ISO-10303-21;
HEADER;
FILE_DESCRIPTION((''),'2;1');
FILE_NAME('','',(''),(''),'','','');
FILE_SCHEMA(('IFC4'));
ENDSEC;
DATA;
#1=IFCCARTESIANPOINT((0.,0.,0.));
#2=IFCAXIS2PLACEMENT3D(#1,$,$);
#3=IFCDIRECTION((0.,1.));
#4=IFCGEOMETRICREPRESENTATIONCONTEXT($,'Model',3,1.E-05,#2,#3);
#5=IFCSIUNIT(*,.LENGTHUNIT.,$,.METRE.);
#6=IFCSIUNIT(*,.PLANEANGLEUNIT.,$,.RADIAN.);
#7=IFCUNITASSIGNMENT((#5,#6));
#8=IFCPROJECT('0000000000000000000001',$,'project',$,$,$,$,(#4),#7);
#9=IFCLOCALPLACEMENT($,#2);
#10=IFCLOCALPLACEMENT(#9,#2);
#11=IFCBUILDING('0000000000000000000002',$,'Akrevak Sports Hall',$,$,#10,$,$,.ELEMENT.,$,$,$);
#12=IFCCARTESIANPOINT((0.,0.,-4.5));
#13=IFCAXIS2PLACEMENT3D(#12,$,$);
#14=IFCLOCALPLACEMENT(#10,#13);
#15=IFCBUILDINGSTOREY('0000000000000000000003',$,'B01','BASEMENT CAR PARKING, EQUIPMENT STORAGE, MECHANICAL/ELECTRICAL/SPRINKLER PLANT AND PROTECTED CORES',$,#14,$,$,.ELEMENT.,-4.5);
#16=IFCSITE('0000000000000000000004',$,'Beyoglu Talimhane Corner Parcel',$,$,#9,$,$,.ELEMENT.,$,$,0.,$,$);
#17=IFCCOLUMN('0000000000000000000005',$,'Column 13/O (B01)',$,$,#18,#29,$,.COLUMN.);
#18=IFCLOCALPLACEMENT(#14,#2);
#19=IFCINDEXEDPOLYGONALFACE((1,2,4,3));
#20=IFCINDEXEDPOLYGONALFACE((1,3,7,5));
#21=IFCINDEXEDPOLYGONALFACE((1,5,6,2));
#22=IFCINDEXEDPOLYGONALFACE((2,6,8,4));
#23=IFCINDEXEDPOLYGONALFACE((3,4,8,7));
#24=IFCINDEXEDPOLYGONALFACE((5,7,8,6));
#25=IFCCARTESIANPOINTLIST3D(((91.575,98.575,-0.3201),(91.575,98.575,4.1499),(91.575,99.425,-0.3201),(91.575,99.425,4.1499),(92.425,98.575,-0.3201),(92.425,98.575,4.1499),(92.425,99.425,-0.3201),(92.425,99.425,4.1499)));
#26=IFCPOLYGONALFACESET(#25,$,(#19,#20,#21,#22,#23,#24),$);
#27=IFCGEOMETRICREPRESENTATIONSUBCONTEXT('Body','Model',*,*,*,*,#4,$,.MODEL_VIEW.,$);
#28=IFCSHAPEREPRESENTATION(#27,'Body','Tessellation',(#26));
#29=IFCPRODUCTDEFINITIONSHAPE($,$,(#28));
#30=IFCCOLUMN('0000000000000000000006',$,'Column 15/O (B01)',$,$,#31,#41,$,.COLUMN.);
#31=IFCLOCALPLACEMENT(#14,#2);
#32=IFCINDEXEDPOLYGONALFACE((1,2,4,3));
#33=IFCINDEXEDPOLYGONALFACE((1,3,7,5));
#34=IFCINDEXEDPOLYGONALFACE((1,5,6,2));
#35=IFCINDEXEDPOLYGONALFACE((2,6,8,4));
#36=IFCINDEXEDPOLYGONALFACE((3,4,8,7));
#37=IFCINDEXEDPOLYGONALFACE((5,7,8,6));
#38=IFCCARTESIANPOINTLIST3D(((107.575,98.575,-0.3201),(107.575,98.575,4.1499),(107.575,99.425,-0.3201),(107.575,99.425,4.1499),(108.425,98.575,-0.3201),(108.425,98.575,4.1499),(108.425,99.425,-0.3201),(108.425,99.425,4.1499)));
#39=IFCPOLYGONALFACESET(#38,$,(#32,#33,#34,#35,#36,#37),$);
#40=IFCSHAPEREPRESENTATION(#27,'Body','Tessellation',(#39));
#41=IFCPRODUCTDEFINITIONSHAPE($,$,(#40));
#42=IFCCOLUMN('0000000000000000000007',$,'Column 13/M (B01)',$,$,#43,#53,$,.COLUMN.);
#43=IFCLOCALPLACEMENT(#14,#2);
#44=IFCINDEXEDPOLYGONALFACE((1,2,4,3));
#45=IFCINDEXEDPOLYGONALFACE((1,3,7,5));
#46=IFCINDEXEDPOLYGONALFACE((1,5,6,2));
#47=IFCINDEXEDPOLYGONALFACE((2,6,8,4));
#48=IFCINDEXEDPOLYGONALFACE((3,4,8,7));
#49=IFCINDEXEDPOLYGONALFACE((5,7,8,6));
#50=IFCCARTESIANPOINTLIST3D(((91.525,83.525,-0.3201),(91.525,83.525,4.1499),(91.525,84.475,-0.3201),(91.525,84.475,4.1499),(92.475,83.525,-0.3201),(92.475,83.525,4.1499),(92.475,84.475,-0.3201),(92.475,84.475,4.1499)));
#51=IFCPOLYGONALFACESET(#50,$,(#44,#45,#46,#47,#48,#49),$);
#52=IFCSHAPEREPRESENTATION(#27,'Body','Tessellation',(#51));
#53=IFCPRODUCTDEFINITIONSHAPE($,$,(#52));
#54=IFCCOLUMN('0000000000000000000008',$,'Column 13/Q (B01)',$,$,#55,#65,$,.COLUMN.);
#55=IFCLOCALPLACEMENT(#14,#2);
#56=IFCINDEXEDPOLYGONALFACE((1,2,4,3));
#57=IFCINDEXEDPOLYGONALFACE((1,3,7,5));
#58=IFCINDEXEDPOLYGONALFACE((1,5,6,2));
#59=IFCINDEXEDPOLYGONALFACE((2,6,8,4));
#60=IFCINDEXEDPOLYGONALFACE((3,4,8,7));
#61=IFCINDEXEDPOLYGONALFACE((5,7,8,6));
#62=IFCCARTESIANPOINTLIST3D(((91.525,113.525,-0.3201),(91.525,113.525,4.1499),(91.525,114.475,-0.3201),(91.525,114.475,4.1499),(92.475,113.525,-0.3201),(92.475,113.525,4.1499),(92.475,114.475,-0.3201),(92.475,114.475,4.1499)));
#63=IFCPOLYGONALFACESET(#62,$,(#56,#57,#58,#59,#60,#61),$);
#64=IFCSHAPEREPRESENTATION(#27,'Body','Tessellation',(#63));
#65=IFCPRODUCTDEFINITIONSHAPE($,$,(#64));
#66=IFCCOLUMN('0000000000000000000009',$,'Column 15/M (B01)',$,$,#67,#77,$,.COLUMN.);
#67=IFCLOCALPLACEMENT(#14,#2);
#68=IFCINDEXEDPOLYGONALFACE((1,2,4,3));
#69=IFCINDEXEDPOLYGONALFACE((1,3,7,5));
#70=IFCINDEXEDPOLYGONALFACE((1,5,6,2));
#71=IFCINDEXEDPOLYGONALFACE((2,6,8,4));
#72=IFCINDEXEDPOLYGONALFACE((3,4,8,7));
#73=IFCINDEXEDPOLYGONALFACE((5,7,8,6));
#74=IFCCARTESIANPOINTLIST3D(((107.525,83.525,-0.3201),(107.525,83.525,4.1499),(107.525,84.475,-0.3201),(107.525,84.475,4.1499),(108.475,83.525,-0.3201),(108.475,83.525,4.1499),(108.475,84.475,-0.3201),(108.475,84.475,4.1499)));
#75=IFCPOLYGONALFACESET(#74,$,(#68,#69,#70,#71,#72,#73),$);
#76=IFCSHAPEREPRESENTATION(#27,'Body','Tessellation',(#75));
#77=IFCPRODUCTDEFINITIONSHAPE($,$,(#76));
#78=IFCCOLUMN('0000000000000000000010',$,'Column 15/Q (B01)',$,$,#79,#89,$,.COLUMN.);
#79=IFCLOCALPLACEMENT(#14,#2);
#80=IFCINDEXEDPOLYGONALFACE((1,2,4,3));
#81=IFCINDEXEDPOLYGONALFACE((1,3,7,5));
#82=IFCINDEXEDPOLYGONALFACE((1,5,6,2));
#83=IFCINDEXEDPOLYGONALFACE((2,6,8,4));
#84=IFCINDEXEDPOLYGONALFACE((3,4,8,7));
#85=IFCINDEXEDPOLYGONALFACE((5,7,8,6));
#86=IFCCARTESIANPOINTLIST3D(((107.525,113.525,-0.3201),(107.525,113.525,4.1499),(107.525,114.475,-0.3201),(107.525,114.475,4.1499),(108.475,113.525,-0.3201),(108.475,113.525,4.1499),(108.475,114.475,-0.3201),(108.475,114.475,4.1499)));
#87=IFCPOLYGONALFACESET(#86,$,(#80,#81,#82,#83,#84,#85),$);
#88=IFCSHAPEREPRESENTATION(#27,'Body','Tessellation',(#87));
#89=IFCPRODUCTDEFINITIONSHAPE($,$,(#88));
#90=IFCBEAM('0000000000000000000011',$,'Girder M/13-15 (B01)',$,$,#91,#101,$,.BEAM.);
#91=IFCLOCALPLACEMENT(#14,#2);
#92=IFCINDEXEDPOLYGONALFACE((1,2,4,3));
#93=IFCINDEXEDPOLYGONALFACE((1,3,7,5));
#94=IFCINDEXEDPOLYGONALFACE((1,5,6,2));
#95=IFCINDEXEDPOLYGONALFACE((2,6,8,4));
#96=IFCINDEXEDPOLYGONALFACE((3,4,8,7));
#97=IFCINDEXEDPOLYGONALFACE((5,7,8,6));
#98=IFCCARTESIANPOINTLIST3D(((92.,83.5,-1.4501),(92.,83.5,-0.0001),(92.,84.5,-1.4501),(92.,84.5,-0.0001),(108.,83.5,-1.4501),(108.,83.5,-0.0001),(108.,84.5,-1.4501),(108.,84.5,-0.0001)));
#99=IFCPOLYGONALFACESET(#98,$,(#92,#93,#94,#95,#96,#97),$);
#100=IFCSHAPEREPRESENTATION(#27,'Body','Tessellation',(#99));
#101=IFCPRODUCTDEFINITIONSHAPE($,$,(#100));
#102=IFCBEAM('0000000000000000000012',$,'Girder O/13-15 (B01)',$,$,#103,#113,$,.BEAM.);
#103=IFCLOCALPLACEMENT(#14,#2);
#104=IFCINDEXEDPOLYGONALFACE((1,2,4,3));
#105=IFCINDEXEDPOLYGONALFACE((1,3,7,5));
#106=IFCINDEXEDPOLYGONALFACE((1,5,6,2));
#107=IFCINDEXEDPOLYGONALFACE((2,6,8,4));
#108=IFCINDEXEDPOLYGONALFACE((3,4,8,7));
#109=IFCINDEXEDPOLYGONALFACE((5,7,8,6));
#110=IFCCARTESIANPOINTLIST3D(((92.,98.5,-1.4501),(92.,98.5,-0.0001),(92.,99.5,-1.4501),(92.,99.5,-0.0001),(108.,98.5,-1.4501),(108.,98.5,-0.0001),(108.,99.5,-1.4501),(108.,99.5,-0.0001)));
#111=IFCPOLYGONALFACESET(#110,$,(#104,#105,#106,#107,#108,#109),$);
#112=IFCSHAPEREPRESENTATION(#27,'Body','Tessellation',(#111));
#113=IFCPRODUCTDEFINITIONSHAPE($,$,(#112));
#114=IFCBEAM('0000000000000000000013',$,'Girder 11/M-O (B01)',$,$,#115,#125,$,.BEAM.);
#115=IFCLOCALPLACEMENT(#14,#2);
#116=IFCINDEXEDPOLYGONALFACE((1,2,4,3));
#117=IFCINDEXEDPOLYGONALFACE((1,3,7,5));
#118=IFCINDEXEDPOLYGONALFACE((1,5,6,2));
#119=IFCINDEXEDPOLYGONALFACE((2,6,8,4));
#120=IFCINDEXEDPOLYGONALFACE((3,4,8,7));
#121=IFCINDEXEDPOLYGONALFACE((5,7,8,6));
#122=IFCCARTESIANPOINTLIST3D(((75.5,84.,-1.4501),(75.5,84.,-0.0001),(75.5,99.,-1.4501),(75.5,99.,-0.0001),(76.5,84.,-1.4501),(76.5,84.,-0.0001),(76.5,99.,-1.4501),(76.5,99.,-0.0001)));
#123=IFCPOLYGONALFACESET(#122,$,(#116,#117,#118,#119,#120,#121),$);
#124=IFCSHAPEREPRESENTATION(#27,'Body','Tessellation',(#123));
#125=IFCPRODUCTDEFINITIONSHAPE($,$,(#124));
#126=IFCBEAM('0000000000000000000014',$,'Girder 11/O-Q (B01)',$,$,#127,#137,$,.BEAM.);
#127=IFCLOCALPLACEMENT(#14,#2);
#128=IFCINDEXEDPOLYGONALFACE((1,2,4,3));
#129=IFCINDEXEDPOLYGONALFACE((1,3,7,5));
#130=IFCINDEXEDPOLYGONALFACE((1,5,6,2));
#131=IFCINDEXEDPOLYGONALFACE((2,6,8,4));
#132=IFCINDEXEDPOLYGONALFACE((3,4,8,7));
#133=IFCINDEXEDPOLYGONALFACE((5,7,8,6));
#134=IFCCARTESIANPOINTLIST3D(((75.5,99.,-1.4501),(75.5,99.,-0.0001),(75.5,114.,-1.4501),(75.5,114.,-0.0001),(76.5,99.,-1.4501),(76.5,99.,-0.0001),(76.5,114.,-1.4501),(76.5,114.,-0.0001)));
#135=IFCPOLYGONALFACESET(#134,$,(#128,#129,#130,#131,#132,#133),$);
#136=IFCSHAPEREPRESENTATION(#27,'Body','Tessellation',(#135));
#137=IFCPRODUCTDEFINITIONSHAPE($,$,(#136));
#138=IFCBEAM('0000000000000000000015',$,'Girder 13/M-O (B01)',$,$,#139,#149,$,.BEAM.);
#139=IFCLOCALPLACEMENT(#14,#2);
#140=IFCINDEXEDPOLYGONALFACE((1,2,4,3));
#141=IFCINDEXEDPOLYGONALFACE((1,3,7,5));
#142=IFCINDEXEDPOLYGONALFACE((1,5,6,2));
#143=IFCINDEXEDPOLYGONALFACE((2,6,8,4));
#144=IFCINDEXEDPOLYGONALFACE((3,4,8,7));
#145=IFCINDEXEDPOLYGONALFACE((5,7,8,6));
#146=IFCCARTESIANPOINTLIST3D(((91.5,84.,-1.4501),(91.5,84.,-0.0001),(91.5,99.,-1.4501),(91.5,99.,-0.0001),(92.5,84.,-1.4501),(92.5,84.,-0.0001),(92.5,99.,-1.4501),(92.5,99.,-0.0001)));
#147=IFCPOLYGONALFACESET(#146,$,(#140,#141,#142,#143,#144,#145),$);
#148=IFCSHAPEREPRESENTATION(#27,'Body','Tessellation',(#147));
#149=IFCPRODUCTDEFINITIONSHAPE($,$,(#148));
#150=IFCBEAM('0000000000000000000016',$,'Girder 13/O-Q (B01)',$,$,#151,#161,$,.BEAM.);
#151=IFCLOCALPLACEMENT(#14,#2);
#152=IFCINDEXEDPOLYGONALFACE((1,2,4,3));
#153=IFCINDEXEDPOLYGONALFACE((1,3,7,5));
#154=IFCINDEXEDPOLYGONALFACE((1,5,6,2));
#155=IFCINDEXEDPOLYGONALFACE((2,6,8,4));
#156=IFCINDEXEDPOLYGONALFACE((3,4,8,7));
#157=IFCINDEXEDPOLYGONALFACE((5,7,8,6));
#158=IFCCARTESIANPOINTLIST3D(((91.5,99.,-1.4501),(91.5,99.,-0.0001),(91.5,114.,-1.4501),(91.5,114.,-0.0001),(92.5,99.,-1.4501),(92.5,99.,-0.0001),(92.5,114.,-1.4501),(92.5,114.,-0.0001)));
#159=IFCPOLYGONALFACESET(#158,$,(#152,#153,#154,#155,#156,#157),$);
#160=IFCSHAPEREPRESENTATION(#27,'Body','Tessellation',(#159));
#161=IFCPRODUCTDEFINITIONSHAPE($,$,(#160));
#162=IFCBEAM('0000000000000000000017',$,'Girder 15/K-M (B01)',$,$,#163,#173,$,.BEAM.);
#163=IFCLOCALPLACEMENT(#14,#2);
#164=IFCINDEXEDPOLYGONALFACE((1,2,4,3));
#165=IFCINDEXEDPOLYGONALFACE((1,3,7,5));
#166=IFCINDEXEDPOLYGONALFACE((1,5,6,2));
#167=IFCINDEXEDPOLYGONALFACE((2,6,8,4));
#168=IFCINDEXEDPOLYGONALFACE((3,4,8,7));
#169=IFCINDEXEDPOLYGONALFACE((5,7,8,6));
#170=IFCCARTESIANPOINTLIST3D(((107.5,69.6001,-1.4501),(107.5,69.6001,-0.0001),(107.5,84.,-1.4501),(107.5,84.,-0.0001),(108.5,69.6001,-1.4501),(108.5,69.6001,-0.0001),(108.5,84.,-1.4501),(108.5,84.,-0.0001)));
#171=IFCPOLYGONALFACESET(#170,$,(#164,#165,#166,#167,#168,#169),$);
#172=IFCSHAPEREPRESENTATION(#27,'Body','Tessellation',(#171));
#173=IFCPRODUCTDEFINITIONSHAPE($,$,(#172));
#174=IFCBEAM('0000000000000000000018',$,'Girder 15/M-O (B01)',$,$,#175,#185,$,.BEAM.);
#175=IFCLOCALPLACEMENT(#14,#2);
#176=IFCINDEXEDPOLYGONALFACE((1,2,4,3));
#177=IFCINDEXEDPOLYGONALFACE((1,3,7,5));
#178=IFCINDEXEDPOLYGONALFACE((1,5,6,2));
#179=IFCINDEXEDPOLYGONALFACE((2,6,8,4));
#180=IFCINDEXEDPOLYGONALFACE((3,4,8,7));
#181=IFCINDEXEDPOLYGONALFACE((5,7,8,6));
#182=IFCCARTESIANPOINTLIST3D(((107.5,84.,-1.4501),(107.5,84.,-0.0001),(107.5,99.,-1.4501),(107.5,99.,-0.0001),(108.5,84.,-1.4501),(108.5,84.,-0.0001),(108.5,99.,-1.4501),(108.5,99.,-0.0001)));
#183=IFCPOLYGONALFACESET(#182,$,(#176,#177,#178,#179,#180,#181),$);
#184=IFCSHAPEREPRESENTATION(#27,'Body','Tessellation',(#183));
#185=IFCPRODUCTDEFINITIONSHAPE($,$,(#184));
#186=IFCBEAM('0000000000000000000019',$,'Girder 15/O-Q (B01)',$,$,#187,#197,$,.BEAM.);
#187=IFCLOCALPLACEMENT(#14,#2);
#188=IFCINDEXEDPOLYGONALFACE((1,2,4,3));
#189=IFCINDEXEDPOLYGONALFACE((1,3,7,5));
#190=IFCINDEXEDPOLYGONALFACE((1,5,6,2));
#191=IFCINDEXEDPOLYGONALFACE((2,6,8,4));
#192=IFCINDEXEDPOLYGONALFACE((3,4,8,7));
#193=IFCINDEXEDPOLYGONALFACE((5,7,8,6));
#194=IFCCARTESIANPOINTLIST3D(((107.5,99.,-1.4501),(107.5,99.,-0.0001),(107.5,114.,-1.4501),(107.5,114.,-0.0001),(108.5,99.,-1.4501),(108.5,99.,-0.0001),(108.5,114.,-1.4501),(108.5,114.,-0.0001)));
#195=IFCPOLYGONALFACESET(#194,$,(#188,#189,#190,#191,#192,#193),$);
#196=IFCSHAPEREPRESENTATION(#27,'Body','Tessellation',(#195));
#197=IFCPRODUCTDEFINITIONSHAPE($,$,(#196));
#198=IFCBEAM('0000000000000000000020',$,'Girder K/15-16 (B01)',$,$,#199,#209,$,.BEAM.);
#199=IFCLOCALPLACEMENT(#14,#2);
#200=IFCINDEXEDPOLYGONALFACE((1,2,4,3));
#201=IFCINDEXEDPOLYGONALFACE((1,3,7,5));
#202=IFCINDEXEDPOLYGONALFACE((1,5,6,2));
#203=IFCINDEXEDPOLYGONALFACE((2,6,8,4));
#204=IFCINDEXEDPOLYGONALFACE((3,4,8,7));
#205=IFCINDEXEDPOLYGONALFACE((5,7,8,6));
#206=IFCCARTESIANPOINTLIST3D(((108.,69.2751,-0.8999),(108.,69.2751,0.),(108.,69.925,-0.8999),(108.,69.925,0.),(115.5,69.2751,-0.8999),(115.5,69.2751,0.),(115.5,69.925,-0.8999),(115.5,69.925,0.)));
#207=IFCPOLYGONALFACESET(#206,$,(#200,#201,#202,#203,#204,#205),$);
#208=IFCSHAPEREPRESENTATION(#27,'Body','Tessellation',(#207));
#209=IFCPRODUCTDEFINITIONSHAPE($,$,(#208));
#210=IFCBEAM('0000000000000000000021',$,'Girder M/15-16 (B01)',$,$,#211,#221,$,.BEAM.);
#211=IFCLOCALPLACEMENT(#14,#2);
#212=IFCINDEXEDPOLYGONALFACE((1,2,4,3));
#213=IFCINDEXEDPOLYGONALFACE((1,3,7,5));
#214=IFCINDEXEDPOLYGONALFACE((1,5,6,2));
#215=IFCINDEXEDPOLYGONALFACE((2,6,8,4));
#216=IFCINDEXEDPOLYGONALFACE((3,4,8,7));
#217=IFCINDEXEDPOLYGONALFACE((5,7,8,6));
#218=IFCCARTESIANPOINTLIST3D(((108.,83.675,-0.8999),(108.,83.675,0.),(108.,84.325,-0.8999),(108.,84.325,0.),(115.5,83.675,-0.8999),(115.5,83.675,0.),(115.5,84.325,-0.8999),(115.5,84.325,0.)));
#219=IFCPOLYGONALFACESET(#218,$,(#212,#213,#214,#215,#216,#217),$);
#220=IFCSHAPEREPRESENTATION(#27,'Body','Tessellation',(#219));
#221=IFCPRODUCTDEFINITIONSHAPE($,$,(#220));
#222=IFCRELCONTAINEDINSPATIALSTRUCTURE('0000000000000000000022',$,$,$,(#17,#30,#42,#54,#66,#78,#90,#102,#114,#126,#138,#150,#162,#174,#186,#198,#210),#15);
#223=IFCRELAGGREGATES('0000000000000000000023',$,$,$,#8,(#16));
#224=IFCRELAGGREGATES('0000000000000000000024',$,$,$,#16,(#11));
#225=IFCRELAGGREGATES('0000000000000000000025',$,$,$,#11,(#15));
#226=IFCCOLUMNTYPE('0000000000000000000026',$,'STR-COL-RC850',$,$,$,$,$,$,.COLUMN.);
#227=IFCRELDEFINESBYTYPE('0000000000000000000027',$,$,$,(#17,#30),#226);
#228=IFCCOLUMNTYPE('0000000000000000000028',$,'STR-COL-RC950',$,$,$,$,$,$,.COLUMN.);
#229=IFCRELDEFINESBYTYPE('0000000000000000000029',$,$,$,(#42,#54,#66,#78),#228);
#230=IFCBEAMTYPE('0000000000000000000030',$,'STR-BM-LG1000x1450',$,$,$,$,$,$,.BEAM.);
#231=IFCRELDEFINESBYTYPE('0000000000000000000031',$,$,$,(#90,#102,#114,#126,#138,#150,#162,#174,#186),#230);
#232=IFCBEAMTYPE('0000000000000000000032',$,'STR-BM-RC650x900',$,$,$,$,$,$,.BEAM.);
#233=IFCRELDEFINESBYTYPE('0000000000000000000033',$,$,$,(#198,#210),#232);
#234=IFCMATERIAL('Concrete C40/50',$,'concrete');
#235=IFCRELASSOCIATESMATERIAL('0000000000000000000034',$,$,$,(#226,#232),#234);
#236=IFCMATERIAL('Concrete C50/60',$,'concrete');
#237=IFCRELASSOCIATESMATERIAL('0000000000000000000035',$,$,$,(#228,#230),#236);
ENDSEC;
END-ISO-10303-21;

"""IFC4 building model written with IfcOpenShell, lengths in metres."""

from ifc_helpers import new_model, si_unit, direction, frame, origin, origin_2d, place, context, subcontext, project, spatial, rectangle, extrude, material, material_profile, profile_set, type_object, element, save


model = new_model("IFC4")

# Units and contexts
model_context = context("Model", 3, precision=1e-05, world=origin(), true_north=direction((0.0, 1.0)))
body_context = subcontext(model_context, "Body", "Model", "MODEL_VIEW")
ifc_project = project(units=[si_unit("LENGTHUNIT", "METRE"), si_unit("PLANEANGLEUNIT", "RADIAN")], contexts=[model_context])

# Site, building, storey
site_placement = place(None, origin())
site = spatial("IfcSite", under=ifc_project, at=site_placement, Name="Beyoglu Talimhane Corner Parcel", CompositionType="ELEMENT", RefElevation=0.0)
building_placement = place(site_placement, origin())
building = spatial("IfcBuilding", under=site, at=building_placement, Name="Akrevak Sports Hall", CompositionType="ELEMENT")
storey_placement = place(building_placement, frame((0.0, 0.0, -4.5)))
storey = spatial("IfcBuildingStorey", under=building, at=storey_placement, Name="B01", Description="BASEMENT CAR PARKING, EQUIPMENT STORAGE, MECHANICAL/ELECTRICAL/SPRINKLER PLANT AND PROTECTED CORES", CompositionType="ELEMENT", Elevation=-4.5)

# Columns
ifc_material_1 = material(Name="Concrete C40/50", Category="concrete")
ifc_material_profile_1 = material_profile(ifc_material_1, rectangle(XDim=0.8501, YDim=0.8501, at=origin_2d()), Name="RC 850x850", Category="concrete")
ifc_profile_set_1 = profile_set([ifc_material_profile_1], Name="Concrete C40/50")
column_type_1 = type_object("IfcColumnType", Name="STR-COL-RC850", PredefinedType="COLUMN", material=ifc_profile_set_1)
for number, where, z_axis, x_axis, name in (
    (1, (92.0, 99.0, -0.3201), (0.0, 0.0, 1.0), (1.0, 0.0, 0.0), "Column 13/O (B01)"),
    (2, (108.0, 99.0, -0.3201), (0.0, 0.0, 1.0), (1.0, 0.0, 0.0), "Column 15/O (B01)"),
):
    element("IfcColumn", number, at=place(storey_placement, frame(where, z_axis=z_axis, x_axis=x_axis)), inside=storey, type_object=column_type_1, Name=name, PredefinedType="COLUMN", context=body_context, shape_type="SweptSolid", body=[
        extrude(rectangle(XDim=0.8501, YDim=0.8501, at=origin_2d()), origin(), (0.0, 0.0, 1.0), 4.47),
    ])
ifc_material_2 = material(Name="Concrete C50/60", Category="concrete")
ifc_material_profile_2 = material_profile(ifc_material_2, rectangle(XDim=0.95, YDim=0.95, at=origin_2d()), Name="RC 950x950", Category="concrete")
ifc_profile_set_2 = profile_set([ifc_material_profile_2], Name="Concrete C50/60")
column_type_2 = type_object("IfcColumnType", Name="STR-COL-RC950", PredefinedType="COLUMN", material=ifc_profile_set_2)
for number, where, z_axis, x_axis, name in (
    (3, (92.0, 84.0, -0.3201), (0.0, 0.0, 1.0), (1.0, 0.0, 0.0), "Column 13/M (B01)"),
    (4, (92.0, 114.0, -0.3201), (0.0, 0.0, 1.0), (1.0, 0.0, 0.0), "Column 13/Q (B01)"),
    (5, (108.0, 84.0, -0.3201), (0.0, 0.0, 1.0), (1.0, 0.0, 0.0), "Column 15/M (B01)"),
    (6, (108.0, 114.0, -0.3201), (0.0, 0.0, 1.0), (1.0, 0.0, 0.0), "Column 15/Q (B01)"),
):
    element("IfcColumn", number, at=place(storey_placement, frame(where, z_axis=z_axis, x_axis=x_axis)), inside=storey, type_object=column_type_2, Name=name, PredefinedType="COLUMN", context=body_context, shape_type="SweptSolid", body=[
        extrude(rectangle(XDim=0.95, YDim=0.95, at=origin_2d()), origin(), (0.0, 0.0, 1.0), 4.47),
    ])

# Beams
ifc_material_profile_3 = material_profile(ifc_material_2, rectangle(XDim=1.0, YDim=1.45, at=origin_2d()), Name="BM 1000x1450", Category="concrete")
ifc_profile_set_3 = profile_set([ifc_material_profile_3], Name="Concrete C50/60")
beam_type_1 = type_object("IfcBeamType", Name="STR-BM-LG1000x1450", PredefinedType="BEAM", material=ifc_profile_set_3)
for number, where, z_axis, x_axis, name in (
    (7, (92.0, 84.0, -0.7251), (1.0, 0.0, 0.0), (0.0, 1.0, 0.0), "Girder M/13-15 (B01)"),
    (8, (92.0, 99.0, -0.7251), (1.0, 0.0, 0.0), (0.0, 1.0, 0.0), "Girder O/13-15 (B01)"),
):
    element("IfcBeam", number, at=place(storey_placement, frame(where, z_axis=z_axis, x_axis=x_axis)), inside=storey, type_object=beam_type_1, Name=name, PredefinedType="BEAM", context=body_context, shape_type="SweptSolid", body=[
        extrude(rectangle(XDim=1.0, YDim=1.45, at=origin_2d()), origin(), (0.0, 0.0, 1.0), 16.0),
    ])
for number, where, z_axis, x_axis, name in (
    (9, (76.0, 84.0, -0.7251), (0.0, 1.0, 0.0), (-1.0, 0.0, 0.0), "Girder 11/M-O (B01)"),
    (10, (76.0, 99.0, -0.7251), (0.0, 1.0, 0.0), (-1.0, 0.0, 0.0), "Girder 11/O-Q (B01)"),
    (11, (92.0, 84.0, -0.7251), (0.0, 1.0, 0.0), (-1.0, 0.0, 0.0), "Girder 13/M-O (B01)"),
    (12, (92.0, 99.0, -0.7251), (0.0, 1.0, 0.0), (-1.0, 0.0, 0.0), "Girder 13/O-Q (B01)"),
):
    element("IfcBeam", number, at=place(storey_placement, frame(where, z_axis=z_axis, x_axis=x_axis)), inside=storey, type_object=beam_type_1, Name=name, PredefinedType="BEAM", context=body_context, shape_type="SweptSolid", body=[
        extrude(rectangle(XDim=1.0, YDim=1.45, at=origin_2d()), origin(), (0.0, 0.0, 1.0), 15.0),
    ])
beam_1_placement = place(storey_placement, frame((108.0, 69.6001, -0.7251), z_axis=(0.0, 1.0, 0.0), x_axis=(-1.0, 0.0, 0.0)))
element("IfcBeam", 13, at=beam_1_placement, inside=storey, type_object=beam_type_1, Name="Girder 15/K-M (B01)", PredefinedType="BEAM", context=body_context, shape_type="SweptSolid", body=[
    extrude(rectangle(XDim=1.0, YDim=1.45, at=origin_2d()), origin(), (0.0, 0.0, 1.0), 14.3999),
])
for number, where, z_axis, x_axis, name in (
    (14, (108.0, 84.0, -0.7251), (0.0, 1.0, 0.0), (-1.0, 0.0, 0.0), "Girder 15/M-O (B01)"),
    (15, (108.0, 99.0, -0.7251), (0.0, 1.0, 0.0), (-1.0, 0.0, 0.0), "Girder 15/O-Q (B01)"),
):
    element("IfcBeam", number, at=place(storey_placement, frame(where, z_axis=z_axis, x_axis=x_axis)), inside=storey, type_object=beam_type_1, Name=name, PredefinedType="BEAM", context=body_context, shape_type="SweptSolid", body=[
        extrude(rectangle(XDim=1.0, YDim=1.45, at=origin_2d()), origin(), (0.0, 0.0, 1.0), 15.0),
    ])
ifc_material_profile_4 = material_profile(ifc_material_1, rectangle(XDim=0.6499, YDim=0.8999, at=origin_2d()), Name="BM 650x900", Category="concrete")
ifc_profile_set_4 = profile_set([ifc_material_profile_4], Name="Concrete C40/50")
beam_type_2 = type_object("IfcBeamType", Name="STR-BM-RC650x900", PredefinedType="BEAM", material=ifc_profile_set_4)
for number, where, z_axis, x_axis, name in (
    (16, (108.0, 69.6001, -0.45), (1.0, 0.0, 0.0), (0.0, 1.0, 0.0), "Girder K/15-16 (B01)"),
    (17, (108.0, 84.0, -0.45), (1.0, 0.0, 0.0), (0.0, 1.0, 0.0), "Girder M/15-16 (B01)"),
):
    element("IfcBeam", number, at=place(storey_placement, frame(where, z_axis=z_axis, x_axis=x_axis)), inside=storey, type_object=beam_type_2, Name=name, PredefinedType="BEAM", context=body_context, shape_type="SweptSolid", body=[
        extrude(rectangle(XDim=0.6499, YDim=0.8999, at=origin_2d()), origin(), (0.0, 0.0, 1.0), 7.5),
    ])

save(model, "model.ifc")
